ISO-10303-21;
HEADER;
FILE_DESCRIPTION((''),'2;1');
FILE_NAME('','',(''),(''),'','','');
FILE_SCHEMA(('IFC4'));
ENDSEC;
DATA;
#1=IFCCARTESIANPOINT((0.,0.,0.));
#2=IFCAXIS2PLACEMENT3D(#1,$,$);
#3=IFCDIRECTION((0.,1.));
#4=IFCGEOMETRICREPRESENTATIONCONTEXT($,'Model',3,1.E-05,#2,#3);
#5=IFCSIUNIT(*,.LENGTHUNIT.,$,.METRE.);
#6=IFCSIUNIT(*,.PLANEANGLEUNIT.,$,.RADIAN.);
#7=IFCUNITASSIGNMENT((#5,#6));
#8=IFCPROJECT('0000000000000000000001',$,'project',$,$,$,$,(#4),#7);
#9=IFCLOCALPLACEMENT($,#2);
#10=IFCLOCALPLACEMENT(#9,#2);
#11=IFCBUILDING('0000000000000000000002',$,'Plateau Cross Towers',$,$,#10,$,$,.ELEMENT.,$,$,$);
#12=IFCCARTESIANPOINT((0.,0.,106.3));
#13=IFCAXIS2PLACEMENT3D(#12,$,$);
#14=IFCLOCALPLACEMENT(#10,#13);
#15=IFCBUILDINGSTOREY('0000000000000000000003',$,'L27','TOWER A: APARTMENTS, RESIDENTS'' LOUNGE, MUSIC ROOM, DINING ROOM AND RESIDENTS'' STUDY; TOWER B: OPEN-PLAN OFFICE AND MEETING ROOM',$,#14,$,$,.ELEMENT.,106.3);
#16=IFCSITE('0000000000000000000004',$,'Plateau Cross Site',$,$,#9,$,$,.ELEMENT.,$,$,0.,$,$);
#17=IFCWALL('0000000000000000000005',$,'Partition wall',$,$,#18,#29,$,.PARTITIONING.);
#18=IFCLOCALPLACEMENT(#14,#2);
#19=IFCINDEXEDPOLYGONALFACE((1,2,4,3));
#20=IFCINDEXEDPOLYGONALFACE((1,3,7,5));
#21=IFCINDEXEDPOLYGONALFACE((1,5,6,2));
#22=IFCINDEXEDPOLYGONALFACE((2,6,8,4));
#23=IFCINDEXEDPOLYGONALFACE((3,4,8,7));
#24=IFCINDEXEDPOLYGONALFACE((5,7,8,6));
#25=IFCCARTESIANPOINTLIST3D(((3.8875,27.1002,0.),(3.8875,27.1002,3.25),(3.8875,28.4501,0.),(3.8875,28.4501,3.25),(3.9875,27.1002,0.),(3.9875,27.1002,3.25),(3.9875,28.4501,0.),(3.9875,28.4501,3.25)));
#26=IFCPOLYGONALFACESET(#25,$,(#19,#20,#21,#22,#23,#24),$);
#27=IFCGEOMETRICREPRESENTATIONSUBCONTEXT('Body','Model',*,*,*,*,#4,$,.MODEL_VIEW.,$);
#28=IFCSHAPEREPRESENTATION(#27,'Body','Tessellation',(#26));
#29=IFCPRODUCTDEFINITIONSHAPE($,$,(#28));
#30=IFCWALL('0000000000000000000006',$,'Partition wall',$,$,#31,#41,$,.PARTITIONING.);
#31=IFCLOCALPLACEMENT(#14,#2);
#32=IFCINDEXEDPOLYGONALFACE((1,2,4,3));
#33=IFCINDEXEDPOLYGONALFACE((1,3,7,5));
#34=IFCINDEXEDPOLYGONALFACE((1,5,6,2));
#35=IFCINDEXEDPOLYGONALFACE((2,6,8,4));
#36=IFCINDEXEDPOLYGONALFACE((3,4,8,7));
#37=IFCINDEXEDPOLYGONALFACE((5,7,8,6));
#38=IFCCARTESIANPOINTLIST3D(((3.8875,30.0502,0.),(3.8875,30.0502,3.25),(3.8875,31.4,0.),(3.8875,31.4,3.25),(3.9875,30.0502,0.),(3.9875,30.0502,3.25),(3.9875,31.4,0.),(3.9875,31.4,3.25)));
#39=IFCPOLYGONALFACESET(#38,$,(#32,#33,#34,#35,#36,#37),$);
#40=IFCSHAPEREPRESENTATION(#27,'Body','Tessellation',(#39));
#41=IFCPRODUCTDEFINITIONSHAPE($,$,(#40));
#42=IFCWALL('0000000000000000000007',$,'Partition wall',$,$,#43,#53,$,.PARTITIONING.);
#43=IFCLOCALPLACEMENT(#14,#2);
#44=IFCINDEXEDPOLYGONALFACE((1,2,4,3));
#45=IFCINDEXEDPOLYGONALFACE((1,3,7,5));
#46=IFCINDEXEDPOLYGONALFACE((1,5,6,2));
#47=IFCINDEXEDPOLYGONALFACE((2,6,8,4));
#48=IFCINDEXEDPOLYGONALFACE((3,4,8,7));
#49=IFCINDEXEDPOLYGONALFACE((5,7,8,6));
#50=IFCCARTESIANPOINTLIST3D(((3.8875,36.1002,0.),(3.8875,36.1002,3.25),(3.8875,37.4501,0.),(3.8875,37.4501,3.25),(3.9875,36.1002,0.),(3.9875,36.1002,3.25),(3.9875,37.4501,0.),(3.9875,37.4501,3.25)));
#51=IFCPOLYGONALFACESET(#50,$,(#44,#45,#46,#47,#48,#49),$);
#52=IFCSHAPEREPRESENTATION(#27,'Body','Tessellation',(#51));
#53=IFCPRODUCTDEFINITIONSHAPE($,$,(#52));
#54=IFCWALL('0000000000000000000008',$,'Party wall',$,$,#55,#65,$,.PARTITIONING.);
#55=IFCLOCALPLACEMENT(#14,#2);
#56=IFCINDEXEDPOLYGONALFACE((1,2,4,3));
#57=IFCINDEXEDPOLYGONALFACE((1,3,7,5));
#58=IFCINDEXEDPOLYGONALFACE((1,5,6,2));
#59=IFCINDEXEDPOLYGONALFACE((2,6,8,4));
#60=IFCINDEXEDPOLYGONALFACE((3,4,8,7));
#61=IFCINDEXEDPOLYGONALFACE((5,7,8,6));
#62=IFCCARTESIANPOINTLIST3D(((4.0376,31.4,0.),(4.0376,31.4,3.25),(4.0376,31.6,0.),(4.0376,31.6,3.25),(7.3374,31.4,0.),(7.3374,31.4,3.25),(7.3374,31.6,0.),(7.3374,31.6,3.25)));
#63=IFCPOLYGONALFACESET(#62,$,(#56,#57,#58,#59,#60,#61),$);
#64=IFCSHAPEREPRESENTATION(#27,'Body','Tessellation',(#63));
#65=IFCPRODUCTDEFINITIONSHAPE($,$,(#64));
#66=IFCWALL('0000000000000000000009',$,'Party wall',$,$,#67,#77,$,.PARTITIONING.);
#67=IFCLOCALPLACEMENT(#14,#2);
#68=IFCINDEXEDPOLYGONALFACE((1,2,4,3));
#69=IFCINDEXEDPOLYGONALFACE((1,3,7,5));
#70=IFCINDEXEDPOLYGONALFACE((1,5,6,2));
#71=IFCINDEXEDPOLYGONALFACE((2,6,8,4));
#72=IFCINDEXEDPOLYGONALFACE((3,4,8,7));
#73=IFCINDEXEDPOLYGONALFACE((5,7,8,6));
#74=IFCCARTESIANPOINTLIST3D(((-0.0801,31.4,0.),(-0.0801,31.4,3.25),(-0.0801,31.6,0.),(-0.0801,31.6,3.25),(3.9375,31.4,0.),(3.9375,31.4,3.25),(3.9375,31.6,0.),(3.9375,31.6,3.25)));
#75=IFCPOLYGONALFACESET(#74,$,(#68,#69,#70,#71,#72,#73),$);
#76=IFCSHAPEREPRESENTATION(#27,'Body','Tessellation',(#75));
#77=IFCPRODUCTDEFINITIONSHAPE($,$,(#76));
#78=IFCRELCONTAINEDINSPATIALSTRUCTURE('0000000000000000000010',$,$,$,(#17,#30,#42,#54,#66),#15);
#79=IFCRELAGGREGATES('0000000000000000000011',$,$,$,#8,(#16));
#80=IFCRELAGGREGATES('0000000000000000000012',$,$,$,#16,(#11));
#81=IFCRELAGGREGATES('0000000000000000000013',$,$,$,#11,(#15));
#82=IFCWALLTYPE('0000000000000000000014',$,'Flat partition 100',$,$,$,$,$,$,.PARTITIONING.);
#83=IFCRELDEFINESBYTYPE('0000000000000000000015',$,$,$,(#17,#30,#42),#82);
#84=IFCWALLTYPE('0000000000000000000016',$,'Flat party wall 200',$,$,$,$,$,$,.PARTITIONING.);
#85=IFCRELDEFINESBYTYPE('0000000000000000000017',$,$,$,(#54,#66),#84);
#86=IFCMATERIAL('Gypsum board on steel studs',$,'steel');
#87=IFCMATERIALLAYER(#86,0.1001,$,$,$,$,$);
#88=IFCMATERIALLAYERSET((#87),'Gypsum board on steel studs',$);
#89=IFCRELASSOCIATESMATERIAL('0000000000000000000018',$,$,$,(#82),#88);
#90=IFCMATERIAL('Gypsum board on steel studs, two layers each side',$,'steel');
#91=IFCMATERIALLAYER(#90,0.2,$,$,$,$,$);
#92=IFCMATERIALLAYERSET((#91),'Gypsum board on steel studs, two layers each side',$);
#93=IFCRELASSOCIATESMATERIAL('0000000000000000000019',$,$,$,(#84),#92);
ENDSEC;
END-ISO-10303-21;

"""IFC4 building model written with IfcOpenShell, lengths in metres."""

from ifc_helpers import new_model, si_unit, direction, frame, frame_2d, origin, place, context, subcontext, project, spatial, rectangle, extrude, material, layer, layer_set, type_object, element, save


model = new_model("IFC4")

# Units and contexts
model_context = context("Model", 3, precision=1e-05, world=origin(), true_north=direction((0.0, 1.0)))
body_context = subcontext(model_context, "Body", "Model", "MODEL_VIEW")
ifc_project = project(units=[si_unit("LENGTHUNIT", "METRE"), si_unit("PLANEANGLEUNIT", "RADIAN")], contexts=[model_context])

# Site, building, storey
site_placement = place(None, origin())
site = spatial("IfcSite", under=ifc_project, at=site_placement, Name="Plateau Cross Site", CompositionType="ELEMENT", RefElevation=0.0)
building_placement = place(site_placement, origin())
building = spatial("IfcBuilding", under=site, at=building_placement, Name="Plateau Cross Towers", CompositionType="ELEMENT")
storey_placement = place(building_placement, frame((0.0, 0.0, 106.3)))
storey = spatial("IfcBuildingStorey", under=building, at=storey_placement, Name="L27", Description="TOWER A: APARTMENTS, RESIDENTS' LOUNGE, MUSIC ROOM, DINING ROOM AND RESIDENTS' STUDY; TOWER B: OPEN-PLAN OFFICE AND MEETING ROOM", CompositionType="ELEMENT", Elevation=106.3)

# Shared definitions
ifc_material_1 = material(Name="Gypsum board on steel studs", Category="steel")
ifc_layer_1 = layer(ifc_material_1, 0.1001)
ifc_layer_set_1 = layer_set([ifc_layer_1], Name="Gypsum board on steel studs")
wall_type_1 = type_object("IfcWallType", Name="Flat partition 100", PredefinedType="PARTITIONING", material=ifc_layer_set_1)

# Walls
for number, where, z_axis, x_axis, name in (
    (1, (3.9375, 28.45, 0.0), (0.0, 0.0, 1.0), (0.0, -1.0, 0.0), "Partition wall"),
    (2, (3.9375, 31.3999, 0.0), (0.0, 0.0, 1.0), (0.0, -1.0, 0.0), "Partition wall"),
    (3, (3.9375, 37.45, 0.0), (0.0, 0.0, 1.0), (0.0, -1.0, 0.0), "Partition wall"),
):
    element("IfcWall", number, at=place(storey_placement, frame(where, z_axis=z_axis, x_axis=x_axis)), inside=storey, type_object=wall_type_1, Name=name, PredefinedType="PARTITIONING", context=body_context, shape_type="SweptSolid", body=[
        extrude(rectangle(XDim=1.3499, YDim=0.1001, at=frame_2d((0.6748, 0.0))), origin(), (0.0, 0.0, 1.0), 3.25),
    ])
ifc_material_2 = material(Name="Gypsum board on steel studs, two layers each side", Category="steel")
ifc_layer_2 = layer(ifc_material_2, 0.2)
ifc_layer_set_2 = layer_set([ifc_layer_2], Name="Gypsum board on steel studs, two layers each side")
wall_type_2 = type_object("IfcWallType", Name="Flat party wall 200", PredefinedType="PARTITIONING", material=ifc_layer_set_2)
wall_1_placement = place(storey_placement, frame((7.3374, 31.5, 0.0), z_axis=(0.0, 0.0, 1.0), x_axis=(-1.0, 0.0, 0.0)))
element("IfcWall", 4, at=wall_1_placement, inside=storey, type_object=wall_type_2, Name="Party wall", PredefinedType="PARTITIONING", context=body_context, shape_type="SweptSolid", body=[
    extrude(rectangle(XDim=3.2998, YDim=0.2, at=frame_2d((1.6499, 0.0))), origin(), (0.0, 0.0, 1.0), 3.25),
])
wall_2_placement = place(storey_placement, frame((-0.0801, 31.5, 0.0), z_axis=(0.0, 0.0, 1.0), x_axis=(1.0, 0.0, 0.0)))
element("IfcWall", 5, at=wall_2_placement, inside=storey, type_object=wall_type_2, Name="Party wall", PredefinedType="PARTITIONING", context=body_context, shape_type="SweptSolid", body=[
    extrude(rectangle(XDim=4.0176, YDim=0.2, at=frame_2d((2.0088, 0.0))), origin(), (0.0, 0.0, 1.0), 3.25),
])

save(model, "model.ifc")
